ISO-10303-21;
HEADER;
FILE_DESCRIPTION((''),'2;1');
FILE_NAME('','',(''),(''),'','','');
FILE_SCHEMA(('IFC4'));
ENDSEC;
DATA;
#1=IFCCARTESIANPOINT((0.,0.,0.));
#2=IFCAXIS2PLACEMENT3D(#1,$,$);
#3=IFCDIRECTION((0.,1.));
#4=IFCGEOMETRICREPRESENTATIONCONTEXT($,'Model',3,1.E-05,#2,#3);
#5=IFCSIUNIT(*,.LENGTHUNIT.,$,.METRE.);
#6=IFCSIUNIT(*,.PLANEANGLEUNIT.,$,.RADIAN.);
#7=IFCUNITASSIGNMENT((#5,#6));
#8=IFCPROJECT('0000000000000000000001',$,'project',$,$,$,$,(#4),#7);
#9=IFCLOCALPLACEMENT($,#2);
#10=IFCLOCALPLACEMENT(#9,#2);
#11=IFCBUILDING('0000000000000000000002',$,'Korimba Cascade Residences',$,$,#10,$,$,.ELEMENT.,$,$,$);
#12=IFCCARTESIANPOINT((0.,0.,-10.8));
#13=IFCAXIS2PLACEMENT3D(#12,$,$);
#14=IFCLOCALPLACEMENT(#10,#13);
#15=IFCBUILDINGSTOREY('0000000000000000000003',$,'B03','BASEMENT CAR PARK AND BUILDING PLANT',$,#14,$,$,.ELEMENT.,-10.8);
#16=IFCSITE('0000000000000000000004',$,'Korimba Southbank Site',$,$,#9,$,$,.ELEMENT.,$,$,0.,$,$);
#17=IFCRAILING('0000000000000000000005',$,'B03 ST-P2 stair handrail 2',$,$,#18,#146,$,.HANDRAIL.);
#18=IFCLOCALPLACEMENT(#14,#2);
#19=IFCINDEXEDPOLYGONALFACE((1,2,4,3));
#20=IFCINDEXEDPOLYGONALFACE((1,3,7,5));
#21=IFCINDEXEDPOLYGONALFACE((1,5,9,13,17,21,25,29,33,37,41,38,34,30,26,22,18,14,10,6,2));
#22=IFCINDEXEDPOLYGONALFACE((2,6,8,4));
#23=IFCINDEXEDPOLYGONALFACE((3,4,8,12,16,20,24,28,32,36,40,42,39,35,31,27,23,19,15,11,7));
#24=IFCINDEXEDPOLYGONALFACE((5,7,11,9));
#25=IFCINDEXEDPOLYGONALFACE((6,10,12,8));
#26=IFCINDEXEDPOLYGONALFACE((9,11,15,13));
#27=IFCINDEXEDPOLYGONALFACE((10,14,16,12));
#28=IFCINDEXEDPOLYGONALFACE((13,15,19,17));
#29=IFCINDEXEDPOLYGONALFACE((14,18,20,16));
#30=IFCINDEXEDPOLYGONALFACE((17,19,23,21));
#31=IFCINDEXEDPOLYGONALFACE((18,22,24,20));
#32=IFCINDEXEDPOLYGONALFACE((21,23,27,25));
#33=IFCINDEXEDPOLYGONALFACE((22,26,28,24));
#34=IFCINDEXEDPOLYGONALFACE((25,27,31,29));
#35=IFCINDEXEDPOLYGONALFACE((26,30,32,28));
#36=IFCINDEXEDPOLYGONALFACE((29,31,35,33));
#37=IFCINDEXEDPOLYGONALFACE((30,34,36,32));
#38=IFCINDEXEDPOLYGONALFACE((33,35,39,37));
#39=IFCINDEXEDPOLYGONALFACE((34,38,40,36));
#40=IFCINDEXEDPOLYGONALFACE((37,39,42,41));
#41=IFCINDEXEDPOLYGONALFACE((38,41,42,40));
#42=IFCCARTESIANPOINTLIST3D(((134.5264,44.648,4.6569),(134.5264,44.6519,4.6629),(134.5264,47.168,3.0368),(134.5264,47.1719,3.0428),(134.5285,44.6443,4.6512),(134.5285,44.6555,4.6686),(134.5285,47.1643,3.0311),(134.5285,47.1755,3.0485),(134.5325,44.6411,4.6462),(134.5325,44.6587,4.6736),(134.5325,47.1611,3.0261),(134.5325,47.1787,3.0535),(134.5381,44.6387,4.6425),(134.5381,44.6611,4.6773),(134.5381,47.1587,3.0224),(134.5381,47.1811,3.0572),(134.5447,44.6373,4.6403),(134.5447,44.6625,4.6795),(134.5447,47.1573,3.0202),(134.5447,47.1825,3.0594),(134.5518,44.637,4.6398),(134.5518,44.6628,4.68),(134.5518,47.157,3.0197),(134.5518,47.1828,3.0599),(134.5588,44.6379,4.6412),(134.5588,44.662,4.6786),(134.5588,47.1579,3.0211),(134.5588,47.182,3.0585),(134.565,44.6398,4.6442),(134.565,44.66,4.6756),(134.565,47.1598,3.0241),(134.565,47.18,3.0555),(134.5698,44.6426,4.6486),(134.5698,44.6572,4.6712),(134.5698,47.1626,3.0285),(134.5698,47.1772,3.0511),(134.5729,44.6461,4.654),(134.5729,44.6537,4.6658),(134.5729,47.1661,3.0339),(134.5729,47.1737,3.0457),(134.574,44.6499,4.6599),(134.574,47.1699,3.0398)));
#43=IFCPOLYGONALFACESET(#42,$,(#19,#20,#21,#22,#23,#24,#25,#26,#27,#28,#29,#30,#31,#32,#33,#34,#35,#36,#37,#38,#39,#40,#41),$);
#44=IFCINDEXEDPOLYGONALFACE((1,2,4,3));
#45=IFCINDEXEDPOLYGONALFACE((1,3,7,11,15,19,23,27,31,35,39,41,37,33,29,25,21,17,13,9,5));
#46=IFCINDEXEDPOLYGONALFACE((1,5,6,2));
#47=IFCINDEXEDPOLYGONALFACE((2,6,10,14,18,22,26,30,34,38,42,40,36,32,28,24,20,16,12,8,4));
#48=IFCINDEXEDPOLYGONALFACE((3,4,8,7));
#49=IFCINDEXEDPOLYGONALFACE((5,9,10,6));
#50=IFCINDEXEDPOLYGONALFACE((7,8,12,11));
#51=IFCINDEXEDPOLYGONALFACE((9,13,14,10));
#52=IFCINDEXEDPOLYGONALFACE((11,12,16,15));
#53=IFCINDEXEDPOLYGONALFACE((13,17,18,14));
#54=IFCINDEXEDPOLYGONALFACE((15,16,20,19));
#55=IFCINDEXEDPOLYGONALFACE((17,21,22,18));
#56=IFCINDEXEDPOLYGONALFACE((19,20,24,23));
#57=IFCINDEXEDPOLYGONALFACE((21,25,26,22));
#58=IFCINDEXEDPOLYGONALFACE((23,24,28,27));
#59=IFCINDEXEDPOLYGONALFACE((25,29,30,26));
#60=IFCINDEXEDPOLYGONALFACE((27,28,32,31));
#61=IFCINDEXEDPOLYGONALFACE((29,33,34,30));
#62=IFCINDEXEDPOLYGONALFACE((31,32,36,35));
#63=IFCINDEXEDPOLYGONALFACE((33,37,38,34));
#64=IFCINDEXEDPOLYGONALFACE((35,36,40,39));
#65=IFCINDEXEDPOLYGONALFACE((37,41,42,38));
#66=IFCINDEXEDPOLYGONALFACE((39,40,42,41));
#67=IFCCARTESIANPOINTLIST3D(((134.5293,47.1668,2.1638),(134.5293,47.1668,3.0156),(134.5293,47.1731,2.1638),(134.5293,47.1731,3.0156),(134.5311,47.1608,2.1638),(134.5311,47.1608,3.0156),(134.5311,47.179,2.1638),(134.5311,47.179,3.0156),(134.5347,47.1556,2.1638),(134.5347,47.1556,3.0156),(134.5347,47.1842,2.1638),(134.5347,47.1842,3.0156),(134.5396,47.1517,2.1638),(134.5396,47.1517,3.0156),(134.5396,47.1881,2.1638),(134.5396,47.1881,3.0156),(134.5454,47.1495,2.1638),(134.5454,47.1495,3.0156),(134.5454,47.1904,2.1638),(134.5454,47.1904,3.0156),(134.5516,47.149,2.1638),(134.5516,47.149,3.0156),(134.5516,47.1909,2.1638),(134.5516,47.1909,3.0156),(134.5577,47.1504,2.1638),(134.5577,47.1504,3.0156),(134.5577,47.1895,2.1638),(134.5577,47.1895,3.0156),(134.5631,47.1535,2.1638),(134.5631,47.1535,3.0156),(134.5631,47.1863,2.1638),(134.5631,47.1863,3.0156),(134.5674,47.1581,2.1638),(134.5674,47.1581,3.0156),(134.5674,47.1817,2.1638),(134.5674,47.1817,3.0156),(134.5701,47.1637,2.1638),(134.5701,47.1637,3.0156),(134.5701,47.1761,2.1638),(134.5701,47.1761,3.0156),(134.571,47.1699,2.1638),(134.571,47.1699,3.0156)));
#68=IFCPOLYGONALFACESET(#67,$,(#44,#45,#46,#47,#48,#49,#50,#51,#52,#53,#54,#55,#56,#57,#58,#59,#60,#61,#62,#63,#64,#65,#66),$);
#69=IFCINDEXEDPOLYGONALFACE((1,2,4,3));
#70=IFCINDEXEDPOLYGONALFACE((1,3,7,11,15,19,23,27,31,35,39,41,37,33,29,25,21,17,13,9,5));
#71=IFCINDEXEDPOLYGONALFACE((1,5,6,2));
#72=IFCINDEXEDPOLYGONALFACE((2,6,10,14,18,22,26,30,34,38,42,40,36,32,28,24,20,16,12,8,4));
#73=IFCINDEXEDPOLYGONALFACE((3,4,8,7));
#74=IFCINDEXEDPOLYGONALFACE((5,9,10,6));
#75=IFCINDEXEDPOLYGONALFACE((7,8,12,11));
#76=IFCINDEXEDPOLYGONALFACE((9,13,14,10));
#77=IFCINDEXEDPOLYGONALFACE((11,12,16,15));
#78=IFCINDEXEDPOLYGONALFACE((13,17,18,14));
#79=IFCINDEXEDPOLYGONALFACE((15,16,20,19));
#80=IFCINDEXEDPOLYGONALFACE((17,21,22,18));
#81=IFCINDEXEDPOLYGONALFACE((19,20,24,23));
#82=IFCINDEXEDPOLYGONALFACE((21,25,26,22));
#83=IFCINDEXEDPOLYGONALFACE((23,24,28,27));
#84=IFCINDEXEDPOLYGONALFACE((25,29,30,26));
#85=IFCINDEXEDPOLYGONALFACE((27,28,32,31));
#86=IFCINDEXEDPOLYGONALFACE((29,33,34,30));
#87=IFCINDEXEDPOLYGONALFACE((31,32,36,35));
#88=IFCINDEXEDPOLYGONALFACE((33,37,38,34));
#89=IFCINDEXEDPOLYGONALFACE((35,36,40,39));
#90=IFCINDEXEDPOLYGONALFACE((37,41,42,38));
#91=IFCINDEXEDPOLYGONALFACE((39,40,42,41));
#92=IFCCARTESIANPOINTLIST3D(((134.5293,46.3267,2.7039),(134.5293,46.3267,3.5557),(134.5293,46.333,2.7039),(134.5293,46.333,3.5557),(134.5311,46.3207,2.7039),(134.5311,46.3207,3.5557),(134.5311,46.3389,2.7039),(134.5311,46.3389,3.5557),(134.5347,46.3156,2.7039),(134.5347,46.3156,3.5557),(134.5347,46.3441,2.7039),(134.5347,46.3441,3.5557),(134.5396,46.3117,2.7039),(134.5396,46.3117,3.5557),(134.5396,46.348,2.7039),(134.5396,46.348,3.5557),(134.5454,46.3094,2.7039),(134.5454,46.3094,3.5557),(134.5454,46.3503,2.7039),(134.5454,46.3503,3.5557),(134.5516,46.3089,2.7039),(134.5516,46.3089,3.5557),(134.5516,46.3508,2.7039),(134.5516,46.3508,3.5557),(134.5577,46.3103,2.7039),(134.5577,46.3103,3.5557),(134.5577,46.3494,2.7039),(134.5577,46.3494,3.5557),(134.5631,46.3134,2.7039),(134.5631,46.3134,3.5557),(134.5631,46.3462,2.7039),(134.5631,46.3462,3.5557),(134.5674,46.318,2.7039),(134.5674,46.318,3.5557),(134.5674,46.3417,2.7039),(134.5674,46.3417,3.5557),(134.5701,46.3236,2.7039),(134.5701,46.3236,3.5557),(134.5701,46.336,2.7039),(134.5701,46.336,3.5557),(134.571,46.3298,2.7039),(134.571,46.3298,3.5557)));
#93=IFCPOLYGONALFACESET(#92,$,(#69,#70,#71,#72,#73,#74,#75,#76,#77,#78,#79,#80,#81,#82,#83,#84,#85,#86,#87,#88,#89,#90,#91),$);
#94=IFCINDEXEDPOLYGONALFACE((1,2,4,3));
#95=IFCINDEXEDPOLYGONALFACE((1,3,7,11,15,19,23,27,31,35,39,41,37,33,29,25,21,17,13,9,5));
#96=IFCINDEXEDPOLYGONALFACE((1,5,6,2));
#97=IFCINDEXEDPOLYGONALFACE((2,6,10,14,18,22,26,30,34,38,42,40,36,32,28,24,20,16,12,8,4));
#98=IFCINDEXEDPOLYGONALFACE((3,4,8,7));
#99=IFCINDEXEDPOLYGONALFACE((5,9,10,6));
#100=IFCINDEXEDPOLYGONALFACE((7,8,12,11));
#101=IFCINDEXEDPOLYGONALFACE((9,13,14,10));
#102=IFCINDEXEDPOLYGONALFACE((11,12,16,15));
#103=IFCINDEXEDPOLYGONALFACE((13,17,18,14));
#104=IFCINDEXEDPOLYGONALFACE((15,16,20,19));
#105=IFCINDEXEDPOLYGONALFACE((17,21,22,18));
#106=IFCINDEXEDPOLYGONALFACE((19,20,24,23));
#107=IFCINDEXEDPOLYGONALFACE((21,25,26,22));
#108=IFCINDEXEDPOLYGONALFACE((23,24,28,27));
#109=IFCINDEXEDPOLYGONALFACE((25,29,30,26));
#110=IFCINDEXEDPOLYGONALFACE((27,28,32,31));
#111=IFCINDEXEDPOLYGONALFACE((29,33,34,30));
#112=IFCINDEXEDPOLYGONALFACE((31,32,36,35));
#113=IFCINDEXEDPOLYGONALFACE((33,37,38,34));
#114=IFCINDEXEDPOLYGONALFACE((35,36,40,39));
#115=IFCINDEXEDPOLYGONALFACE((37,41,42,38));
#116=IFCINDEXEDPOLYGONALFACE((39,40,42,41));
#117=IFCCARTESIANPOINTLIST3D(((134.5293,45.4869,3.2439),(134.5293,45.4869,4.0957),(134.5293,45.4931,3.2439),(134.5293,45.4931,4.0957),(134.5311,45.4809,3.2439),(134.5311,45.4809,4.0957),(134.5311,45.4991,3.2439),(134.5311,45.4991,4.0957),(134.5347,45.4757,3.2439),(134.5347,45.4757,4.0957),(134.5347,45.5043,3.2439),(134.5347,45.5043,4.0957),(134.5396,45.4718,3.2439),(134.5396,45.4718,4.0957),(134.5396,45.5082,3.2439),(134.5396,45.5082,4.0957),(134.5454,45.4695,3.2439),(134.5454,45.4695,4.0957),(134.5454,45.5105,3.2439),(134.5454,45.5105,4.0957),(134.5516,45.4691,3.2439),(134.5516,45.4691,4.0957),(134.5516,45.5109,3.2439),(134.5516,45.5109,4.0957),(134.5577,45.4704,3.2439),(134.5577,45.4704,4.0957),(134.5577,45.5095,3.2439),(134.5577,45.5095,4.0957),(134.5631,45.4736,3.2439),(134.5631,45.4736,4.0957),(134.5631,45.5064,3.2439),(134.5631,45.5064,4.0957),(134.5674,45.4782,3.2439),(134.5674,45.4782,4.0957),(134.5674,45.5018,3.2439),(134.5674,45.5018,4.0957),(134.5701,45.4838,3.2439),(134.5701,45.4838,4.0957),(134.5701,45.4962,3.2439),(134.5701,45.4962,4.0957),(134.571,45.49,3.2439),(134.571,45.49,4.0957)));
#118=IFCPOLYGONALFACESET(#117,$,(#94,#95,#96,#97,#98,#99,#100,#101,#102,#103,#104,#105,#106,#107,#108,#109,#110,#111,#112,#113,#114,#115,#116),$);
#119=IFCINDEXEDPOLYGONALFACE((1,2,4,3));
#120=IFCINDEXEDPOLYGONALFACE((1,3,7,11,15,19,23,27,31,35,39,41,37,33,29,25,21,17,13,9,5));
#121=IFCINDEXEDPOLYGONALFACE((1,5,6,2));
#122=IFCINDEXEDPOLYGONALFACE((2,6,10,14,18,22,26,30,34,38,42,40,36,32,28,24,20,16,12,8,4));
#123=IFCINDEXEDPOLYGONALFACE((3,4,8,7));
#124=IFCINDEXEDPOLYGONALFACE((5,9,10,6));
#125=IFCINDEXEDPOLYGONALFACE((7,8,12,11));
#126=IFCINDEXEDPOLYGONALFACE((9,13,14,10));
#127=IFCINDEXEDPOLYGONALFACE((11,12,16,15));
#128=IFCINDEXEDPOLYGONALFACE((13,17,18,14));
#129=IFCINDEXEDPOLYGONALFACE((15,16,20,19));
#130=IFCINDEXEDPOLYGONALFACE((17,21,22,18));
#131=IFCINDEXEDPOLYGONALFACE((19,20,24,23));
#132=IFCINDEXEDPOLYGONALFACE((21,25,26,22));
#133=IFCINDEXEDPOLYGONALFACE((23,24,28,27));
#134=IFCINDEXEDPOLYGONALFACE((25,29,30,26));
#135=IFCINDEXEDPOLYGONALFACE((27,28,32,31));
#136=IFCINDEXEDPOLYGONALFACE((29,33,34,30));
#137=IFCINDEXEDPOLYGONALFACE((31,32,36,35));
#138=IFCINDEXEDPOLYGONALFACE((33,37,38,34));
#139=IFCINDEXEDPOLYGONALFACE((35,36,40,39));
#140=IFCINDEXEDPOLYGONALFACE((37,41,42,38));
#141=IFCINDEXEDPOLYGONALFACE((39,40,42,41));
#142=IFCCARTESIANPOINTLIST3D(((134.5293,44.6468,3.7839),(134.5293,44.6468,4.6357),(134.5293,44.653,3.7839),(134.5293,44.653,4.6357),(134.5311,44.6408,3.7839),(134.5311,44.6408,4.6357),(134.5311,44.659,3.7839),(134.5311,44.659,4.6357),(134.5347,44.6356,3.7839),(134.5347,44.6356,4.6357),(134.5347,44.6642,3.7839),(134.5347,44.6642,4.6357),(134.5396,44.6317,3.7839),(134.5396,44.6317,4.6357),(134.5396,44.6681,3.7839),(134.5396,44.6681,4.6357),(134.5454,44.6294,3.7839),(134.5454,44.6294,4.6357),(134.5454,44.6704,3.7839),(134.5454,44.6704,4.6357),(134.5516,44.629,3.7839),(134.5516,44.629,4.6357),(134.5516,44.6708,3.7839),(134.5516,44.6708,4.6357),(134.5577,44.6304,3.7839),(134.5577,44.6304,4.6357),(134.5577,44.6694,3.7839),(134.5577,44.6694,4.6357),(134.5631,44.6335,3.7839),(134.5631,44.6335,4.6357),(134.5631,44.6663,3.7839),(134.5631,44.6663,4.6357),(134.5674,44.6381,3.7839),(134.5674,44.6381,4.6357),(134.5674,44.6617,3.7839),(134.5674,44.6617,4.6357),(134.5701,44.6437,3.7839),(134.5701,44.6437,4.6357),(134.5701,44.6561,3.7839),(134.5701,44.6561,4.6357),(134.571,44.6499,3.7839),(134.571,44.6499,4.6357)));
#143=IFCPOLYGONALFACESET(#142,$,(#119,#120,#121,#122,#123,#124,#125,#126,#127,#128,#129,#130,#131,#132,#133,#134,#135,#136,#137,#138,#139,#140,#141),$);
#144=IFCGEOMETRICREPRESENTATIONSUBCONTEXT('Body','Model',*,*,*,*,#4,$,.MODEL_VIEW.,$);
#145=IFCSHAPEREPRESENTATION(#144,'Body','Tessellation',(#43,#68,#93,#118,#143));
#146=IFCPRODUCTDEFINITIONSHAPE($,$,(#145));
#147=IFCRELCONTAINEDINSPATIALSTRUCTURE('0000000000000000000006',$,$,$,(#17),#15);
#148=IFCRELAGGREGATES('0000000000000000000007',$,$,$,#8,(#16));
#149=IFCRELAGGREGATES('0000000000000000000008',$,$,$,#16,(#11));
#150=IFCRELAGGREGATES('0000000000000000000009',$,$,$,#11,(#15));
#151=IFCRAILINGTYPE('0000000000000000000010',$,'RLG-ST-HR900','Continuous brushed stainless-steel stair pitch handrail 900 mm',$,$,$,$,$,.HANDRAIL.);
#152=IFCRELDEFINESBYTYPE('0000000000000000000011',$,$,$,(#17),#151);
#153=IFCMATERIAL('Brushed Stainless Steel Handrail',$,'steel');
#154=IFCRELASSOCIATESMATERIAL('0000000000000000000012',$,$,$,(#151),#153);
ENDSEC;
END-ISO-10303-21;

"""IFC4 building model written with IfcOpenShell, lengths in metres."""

from ifc_helpers import new_model, si_unit, direction, frame, origin, origin_2d, place, context, subcontext, project, spatial, circle, extrude, material, type_object, element, save


model = new_model("IFC4")

# Units and contexts
model_context = context("Model", 3, precision=1e-05, world=origin(), true_north=direction((0.0, 1.0)))
body_context = subcontext(model_context, "Body", "Model", "MODEL_VIEW")
ifc_project = project(units=[si_unit("LENGTHUNIT", "METRE"), si_unit("PLANEANGLEUNIT", "RADIAN")], contexts=[model_context])

# Site, building, storey
site_placement = place(None, origin())
site = spatial("IfcSite", under=ifc_project, at=site_placement, Name="Korimba Southbank Site", CompositionType="ELEMENT", RefElevation=0.0)
building_placement = place(site_placement, origin())
building = spatial("IfcBuilding", under=site, at=building_placement, Name="Korimba Cascade Residences", CompositionType="ELEMENT")
storey_placement = place(building_placement, frame((0.0, 0.0, -10.8)))
storey = spatial("IfcBuildingStorey", under=building, at=storey_placement, Name="B03", Description="BASEMENT CAR PARK AND BUILDING PLANT", CompositionType="ELEMENT", Elevation=-10.8)

# Railing
ifc_material_1 = material(Name="Brushed Stainless Steel Handrail", Category="steel")
railing_type_1 = type_object("IfcRailingType", Name="RLG-ST-HR900", Description="Continuous brushed stainless-steel stair pitch handrail 900 mm", PredefinedType="HANDRAIL", material=ifc_material_1)
railing_1_placement = place(storey_placement, frame((134.55, 47.1699, 2.1638)))
element("IfcRailing", 1, at=railing_1_placement, inside=storey, type_object=railing_type_1, Name="B03 ST-P2 stair handrail 2", PredefinedType="HANDRAIL", context=body_context, shape_type="SweptSolid", body=[
    extrude(circle(Radius=0.0239, at=origin_2d()), frame((0.0, 0.0, 0.876), z_axis=(0.0, -0.841163, 0.540782), x_axis=(1.0, 0.0, 0.0)), (0.0, 0.0, 1.0), 2.9958),
    extrude(circle(Radius=0.021, at=origin_2d()), origin(), (0.0, 0.0, 1.0), 0.8518),
    extrude(circle(Radius=0.021, at=origin_2d()), frame((0.0, -0.8401, 0.54)), (0.0, 0.0, 1.0), 0.8518),
    extrude(circle(Radius=0.021, at=origin_2d()), frame((0.0, -1.6799, 1.0801)), (0.0, 0.0, 1.0), 0.8518),
    extrude(circle(Radius=0.021, at=origin_2d()), frame((0.0, -2.52, 1.6201)), (0.0, 0.0, 1.0), 0.8518),
])

save(model, "model.ifc")
